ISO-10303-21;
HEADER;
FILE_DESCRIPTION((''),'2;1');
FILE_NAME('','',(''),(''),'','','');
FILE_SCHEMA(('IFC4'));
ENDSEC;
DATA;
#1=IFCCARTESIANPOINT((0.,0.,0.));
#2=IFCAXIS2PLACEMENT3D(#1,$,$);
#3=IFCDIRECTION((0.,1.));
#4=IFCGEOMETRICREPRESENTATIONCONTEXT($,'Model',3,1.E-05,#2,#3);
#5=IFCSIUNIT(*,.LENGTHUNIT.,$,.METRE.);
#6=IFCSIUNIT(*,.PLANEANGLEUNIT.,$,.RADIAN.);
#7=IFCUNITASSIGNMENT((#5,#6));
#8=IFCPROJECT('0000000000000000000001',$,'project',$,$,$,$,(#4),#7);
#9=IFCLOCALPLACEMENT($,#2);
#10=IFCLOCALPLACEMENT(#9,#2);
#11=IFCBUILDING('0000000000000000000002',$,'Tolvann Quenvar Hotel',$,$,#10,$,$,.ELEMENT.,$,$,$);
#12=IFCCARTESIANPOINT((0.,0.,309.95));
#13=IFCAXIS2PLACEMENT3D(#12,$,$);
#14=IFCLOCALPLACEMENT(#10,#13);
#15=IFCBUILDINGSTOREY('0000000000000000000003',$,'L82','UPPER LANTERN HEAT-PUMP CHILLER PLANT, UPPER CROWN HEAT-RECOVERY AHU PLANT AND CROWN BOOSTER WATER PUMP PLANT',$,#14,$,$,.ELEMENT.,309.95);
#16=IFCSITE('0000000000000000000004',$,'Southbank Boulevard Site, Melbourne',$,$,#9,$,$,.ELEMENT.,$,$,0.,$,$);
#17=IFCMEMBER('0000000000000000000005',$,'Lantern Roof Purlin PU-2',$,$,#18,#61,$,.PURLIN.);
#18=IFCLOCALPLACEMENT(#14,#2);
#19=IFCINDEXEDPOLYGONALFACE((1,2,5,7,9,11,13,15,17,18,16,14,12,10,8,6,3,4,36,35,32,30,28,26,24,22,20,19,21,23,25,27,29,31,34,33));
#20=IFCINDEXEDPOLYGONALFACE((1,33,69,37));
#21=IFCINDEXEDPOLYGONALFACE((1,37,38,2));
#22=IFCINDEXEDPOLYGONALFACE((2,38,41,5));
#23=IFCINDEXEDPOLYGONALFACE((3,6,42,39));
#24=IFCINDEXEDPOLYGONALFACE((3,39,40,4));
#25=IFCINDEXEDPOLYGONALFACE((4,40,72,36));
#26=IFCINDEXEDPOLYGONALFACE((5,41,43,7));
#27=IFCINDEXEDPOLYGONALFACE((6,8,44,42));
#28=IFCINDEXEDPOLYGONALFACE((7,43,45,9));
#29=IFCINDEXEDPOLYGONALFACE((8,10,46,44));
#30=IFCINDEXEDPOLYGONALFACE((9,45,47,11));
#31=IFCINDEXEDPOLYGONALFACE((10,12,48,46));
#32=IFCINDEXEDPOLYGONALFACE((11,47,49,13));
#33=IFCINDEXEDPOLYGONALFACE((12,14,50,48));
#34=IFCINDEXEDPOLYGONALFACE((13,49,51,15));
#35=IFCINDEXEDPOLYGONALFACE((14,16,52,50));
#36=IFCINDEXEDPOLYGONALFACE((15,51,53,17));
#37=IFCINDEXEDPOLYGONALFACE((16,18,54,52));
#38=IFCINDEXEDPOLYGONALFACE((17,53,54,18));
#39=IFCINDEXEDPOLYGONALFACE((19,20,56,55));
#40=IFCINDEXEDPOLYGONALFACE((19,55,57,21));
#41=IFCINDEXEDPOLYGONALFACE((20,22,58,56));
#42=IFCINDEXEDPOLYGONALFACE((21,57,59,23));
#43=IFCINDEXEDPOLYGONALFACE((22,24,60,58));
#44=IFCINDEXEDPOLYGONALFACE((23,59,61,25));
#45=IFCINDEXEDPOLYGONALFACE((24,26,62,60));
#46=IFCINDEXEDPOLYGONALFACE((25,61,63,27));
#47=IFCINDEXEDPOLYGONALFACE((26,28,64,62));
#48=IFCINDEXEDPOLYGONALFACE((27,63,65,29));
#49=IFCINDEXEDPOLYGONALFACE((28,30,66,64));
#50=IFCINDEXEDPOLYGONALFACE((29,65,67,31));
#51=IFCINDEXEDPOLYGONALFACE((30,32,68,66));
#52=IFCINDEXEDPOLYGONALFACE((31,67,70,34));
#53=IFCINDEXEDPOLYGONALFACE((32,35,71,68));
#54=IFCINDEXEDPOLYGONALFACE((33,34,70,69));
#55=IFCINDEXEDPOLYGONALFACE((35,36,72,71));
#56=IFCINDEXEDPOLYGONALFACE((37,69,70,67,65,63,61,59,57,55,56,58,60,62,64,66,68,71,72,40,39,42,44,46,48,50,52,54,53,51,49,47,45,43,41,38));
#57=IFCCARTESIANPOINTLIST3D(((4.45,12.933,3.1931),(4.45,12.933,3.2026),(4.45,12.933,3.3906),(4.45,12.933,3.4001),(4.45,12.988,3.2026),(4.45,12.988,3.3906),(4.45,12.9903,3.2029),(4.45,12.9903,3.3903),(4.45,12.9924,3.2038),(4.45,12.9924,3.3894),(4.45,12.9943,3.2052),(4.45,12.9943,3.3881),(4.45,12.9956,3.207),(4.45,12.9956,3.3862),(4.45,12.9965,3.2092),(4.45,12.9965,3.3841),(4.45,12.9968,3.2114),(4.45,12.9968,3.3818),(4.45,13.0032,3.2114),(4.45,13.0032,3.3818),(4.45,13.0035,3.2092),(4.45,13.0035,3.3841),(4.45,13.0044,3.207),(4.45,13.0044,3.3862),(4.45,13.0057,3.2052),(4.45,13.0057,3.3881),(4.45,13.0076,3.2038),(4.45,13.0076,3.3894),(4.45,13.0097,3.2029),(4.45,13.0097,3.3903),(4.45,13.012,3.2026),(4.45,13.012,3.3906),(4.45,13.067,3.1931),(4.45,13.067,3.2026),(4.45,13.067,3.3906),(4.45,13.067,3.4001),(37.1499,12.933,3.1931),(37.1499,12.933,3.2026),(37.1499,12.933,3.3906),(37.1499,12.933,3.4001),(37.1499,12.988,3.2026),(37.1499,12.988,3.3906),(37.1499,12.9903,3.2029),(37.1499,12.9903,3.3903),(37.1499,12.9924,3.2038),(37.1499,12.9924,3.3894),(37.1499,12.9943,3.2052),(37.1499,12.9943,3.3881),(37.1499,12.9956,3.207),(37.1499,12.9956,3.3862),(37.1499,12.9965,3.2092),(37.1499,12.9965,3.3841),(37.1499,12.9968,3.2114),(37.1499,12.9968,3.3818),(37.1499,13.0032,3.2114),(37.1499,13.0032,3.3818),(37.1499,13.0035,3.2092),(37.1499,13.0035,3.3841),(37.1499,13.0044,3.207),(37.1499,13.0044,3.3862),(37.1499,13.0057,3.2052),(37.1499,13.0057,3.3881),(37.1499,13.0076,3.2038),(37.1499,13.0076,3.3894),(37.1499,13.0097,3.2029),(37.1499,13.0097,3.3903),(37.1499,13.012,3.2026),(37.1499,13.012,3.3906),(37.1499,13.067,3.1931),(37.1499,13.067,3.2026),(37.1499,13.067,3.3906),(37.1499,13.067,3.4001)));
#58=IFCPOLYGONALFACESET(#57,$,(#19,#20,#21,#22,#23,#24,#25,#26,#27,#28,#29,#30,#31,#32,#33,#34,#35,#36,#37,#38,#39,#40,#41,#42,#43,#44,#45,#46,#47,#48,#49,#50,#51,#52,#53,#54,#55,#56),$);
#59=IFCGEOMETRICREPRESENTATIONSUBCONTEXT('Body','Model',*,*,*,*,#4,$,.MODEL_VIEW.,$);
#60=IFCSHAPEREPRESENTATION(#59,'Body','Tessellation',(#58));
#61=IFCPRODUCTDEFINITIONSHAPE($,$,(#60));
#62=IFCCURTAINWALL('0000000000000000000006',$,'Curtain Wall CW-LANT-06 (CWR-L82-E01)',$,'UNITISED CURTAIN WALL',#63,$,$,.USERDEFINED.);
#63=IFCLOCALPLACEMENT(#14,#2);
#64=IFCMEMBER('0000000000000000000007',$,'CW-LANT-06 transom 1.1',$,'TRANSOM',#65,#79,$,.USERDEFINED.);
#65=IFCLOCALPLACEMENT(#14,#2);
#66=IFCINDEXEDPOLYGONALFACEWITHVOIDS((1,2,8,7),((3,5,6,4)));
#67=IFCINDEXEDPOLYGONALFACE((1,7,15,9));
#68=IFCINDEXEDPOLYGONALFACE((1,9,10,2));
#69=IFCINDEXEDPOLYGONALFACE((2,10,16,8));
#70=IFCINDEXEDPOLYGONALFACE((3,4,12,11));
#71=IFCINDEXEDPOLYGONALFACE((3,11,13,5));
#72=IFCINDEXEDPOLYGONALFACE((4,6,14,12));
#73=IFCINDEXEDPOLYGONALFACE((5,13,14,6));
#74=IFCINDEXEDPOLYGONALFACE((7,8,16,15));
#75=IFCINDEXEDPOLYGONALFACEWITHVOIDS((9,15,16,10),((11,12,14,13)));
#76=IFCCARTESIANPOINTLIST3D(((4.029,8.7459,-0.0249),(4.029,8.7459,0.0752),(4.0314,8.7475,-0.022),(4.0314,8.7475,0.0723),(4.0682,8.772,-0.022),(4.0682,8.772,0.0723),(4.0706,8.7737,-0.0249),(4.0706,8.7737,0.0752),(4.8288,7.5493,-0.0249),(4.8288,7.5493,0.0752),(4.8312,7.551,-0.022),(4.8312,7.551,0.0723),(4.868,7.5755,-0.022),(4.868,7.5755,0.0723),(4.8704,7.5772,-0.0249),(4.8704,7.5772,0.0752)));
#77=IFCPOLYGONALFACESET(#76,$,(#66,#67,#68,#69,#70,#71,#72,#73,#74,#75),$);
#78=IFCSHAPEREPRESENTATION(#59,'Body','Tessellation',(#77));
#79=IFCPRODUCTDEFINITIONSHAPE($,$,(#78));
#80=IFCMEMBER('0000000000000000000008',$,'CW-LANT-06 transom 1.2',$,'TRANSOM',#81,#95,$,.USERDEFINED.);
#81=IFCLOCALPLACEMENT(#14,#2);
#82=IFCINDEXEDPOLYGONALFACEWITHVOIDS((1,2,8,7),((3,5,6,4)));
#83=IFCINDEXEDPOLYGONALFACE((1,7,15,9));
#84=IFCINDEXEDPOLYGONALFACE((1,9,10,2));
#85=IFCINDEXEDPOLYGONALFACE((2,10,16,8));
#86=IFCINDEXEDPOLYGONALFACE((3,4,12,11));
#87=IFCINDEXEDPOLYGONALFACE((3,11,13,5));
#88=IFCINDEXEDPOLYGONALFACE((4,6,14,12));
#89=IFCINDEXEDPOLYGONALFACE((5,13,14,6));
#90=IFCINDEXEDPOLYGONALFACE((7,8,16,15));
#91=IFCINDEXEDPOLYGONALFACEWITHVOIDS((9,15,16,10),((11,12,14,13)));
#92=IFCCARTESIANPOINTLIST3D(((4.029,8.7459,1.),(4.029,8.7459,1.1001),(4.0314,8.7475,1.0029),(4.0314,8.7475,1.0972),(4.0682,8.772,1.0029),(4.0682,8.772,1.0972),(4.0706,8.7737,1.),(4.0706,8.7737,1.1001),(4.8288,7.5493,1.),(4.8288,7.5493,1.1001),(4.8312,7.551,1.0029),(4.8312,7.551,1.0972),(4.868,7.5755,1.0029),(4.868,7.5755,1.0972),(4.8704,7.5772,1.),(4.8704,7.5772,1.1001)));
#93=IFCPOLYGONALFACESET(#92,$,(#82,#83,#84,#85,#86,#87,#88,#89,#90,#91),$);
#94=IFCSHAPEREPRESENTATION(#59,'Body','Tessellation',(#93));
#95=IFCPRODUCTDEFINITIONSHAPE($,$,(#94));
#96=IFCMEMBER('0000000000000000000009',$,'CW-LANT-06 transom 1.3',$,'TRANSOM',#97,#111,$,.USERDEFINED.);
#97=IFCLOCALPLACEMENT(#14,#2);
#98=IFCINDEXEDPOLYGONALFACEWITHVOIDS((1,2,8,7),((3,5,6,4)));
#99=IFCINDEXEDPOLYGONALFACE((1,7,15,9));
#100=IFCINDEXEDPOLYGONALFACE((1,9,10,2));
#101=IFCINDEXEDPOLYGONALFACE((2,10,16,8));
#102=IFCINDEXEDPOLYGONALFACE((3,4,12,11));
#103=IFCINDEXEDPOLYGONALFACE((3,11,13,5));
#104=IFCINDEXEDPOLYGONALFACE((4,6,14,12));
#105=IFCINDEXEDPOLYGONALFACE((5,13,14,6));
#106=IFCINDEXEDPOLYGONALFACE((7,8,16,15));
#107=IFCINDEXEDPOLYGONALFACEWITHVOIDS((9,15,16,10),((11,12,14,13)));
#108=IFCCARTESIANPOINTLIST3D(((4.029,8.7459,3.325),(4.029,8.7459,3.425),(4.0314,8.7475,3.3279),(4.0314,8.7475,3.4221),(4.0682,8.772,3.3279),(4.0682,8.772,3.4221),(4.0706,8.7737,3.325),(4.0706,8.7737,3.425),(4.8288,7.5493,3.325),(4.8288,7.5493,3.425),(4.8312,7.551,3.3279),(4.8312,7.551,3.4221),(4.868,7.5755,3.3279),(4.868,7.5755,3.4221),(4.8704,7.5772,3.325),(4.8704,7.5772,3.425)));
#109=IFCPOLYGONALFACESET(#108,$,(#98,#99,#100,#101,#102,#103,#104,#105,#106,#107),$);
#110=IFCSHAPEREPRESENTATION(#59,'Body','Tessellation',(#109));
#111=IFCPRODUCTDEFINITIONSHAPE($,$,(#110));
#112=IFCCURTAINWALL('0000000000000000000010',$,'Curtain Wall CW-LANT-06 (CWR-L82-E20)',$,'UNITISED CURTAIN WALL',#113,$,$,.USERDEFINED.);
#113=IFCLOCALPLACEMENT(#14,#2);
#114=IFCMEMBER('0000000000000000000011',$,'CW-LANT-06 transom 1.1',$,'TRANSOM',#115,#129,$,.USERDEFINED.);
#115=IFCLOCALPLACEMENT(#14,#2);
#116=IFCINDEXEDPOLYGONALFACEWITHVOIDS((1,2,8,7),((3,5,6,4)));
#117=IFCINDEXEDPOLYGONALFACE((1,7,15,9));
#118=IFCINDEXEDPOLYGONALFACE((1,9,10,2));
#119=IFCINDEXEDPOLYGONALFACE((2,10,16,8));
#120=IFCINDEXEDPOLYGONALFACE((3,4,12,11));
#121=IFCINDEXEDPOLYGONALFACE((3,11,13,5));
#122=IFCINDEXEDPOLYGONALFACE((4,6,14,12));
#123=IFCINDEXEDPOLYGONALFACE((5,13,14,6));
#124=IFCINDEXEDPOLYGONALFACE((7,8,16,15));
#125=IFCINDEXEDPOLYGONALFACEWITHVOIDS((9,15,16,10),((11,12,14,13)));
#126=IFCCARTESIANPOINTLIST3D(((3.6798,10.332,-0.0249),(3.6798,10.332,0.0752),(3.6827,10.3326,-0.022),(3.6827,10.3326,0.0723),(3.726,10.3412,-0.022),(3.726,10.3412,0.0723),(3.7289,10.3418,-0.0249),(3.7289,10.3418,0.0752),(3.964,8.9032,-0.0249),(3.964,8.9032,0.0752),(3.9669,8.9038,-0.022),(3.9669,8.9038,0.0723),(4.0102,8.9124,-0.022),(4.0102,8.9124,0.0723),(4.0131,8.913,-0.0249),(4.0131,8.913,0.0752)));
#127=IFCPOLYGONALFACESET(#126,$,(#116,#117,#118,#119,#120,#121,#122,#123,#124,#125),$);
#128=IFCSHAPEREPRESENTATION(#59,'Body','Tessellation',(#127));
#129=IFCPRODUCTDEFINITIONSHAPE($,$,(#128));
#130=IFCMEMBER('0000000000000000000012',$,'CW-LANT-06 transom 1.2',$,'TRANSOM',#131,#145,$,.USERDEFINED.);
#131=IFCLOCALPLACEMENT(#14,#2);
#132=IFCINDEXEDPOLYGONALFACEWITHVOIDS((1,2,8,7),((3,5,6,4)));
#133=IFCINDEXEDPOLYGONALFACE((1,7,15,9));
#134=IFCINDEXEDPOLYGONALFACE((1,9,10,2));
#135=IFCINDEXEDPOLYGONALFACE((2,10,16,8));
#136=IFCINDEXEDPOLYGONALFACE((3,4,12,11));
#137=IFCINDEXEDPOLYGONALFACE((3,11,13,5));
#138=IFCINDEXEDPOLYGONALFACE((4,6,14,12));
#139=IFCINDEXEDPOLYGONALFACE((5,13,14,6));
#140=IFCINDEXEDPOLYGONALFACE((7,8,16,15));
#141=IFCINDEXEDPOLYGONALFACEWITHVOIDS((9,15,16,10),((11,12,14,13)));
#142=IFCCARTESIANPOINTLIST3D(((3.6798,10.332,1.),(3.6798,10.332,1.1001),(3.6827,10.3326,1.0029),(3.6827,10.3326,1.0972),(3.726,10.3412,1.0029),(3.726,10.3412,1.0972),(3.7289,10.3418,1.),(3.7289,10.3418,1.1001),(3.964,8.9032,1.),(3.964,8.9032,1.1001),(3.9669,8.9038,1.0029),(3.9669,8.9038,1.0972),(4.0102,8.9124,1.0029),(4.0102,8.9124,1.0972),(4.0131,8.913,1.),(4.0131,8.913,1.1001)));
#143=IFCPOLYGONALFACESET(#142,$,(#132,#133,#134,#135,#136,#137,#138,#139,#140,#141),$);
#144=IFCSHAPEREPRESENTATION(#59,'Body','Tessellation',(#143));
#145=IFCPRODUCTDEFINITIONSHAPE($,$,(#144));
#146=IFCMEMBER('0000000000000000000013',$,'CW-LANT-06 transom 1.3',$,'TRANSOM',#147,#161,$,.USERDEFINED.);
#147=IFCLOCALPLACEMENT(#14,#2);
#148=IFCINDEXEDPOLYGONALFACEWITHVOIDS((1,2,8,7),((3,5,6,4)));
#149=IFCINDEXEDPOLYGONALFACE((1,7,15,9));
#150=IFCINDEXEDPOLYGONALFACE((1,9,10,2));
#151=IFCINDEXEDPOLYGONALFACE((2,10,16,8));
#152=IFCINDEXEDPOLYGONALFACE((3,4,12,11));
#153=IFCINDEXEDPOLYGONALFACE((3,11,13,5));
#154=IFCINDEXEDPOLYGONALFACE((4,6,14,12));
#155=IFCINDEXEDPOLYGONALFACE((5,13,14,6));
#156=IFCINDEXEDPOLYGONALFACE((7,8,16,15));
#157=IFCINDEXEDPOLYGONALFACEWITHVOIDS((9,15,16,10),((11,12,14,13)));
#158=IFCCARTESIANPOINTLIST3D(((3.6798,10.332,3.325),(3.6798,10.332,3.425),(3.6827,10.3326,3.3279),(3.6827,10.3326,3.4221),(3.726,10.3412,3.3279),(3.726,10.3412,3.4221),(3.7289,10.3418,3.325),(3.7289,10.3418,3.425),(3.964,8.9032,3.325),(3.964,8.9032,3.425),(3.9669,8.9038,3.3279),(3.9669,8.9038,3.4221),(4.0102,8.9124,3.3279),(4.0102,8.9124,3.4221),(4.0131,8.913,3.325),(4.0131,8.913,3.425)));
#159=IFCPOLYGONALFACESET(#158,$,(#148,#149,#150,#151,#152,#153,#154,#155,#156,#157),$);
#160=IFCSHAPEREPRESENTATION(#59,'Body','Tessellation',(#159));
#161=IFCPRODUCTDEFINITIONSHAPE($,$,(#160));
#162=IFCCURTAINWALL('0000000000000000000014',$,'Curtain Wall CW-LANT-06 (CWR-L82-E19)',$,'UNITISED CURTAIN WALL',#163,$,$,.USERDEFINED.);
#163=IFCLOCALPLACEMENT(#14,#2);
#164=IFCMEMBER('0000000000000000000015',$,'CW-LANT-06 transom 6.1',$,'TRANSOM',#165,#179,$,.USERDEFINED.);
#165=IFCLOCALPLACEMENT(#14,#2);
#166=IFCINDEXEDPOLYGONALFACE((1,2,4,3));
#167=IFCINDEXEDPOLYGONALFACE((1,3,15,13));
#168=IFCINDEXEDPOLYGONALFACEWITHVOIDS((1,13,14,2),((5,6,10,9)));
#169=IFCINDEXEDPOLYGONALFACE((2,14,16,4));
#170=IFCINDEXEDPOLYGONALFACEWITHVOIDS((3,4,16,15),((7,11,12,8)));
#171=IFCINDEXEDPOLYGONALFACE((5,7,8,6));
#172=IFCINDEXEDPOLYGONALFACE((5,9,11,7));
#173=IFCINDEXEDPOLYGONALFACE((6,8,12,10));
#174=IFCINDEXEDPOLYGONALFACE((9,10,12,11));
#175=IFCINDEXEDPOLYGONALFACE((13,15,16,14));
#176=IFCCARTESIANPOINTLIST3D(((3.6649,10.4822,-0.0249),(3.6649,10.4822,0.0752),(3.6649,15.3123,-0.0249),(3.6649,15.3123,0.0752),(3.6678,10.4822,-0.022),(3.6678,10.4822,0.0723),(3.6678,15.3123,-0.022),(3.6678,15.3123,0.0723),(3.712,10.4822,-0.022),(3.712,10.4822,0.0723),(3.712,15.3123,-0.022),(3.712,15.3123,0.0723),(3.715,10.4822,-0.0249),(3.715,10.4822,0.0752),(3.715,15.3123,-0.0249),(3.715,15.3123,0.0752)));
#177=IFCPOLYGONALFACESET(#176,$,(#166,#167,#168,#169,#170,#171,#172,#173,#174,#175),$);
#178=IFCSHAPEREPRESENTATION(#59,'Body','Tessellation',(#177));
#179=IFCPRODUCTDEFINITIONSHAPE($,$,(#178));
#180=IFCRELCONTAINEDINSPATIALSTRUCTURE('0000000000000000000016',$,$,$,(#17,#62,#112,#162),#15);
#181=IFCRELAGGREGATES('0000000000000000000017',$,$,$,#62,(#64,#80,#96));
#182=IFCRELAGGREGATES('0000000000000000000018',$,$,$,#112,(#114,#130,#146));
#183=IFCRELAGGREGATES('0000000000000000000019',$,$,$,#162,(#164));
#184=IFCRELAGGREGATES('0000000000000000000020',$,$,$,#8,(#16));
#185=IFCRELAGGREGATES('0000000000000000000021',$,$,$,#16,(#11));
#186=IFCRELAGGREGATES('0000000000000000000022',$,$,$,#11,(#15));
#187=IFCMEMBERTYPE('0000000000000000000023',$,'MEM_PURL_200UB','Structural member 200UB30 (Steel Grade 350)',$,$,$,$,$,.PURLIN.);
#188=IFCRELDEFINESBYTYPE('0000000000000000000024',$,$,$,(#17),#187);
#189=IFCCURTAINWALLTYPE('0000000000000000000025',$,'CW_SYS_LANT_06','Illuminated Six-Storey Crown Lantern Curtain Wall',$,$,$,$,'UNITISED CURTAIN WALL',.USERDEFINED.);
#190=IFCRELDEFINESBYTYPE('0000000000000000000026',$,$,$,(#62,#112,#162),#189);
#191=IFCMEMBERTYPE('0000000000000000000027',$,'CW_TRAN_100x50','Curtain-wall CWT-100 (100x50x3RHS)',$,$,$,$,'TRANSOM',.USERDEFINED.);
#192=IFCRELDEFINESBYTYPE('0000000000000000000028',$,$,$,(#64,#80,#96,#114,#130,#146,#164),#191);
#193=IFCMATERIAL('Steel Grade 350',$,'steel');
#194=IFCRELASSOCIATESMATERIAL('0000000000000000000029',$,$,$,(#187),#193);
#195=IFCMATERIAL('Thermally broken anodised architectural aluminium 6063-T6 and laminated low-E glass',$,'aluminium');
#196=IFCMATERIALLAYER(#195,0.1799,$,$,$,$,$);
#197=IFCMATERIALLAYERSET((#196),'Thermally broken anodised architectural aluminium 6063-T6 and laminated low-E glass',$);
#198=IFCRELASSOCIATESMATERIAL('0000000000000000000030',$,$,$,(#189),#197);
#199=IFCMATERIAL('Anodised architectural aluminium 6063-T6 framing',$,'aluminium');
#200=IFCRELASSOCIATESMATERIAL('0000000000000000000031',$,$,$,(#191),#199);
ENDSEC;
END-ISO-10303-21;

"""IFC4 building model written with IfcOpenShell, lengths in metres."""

from ifc_helpers import new_model, si_unit, direction, frame, origin, origin_2d, place, context, subcontext, project, spatial, hollow_rectangle, i_section, extrude, source, transform, mapped, material, layer, layer_set, material_profile, profile_set, type_object, type_shapes, element, aggregate, save


model = new_model("IFC4")

# Units and contexts
model_context = context("Model", 3, precision=1e-05, world=origin(), true_north=direction((0.0, 1.0)))
body_context = subcontext(model_context, "Body", "Model", "MODEL_VIEW")
ifc_project = project(units=[si_unit("LENGTHUNIT", "METRE"), si_unit("PLANEANGLEUNIT", "RADIAN")], contexts=[model_context])

# Site, building, storey
site_placement = place(None, origin())
site = spatial("IfcSite", under=ifc_project, at=site_placement, Name="Southbank Boulevard Site, Melbourne", CompositionType="ELEMENT", RefElevation=0.0)
building_placement = place(site_placement, origin())
building = spatial("IfcBuilding", under=site, at=building_placement, Name="Tolvann Quenvar Hotel", CompositionType="ELEMENT")
storey_placement = place(building_placement, frame((0.0, 0.0, 309.95)))
storey = spatial("IfcBuildingStorey", under=building, at=storey_placement, Name="L82", Description="UPPER LANTERN HEAT-PUMP CHILLER PLANT, UPPER CROWN HEAT-RECOVERY AHU PLANT AND CROWN BOOSTER WATER PUMP PLANT", CompositionType="ELEMENT", Elevation=309.95)

# Shared definitions
ifc_material_1 = material(Name="Steel Grade 350", Category="steel")

# Member
ifc_material_profile_1 = material_profile(ifc_material_1, i_section(OverallWidth=0.134, OverallDepth=0.207, WebThickness=0.0063, FlangeThickness=0.0095, FilletRadius=0.0088, at=origin_2d()), Name="200UB30")
ifc_profile_set_1 = profile_set([ifc_material_profile_1], Name="Steel Grade 350")
member_type_1 = type_object("IfcMemberType", Name="MEM_PURL_200UB", Description="Structural member 200UB30 (Steel Grade 350)", PredefinedType="PURLIN", material=ifc_profile_set_1)
shared_shape_1 = source(origin(), body_context, "Body", "SweptSolid", [
    extrude(i_section(OverallWidth=0.134, OverallDepth=0.207, WebThickness=0.0063, FlangeThickness=0.0095, FilletRadius=0.0088, at=origin_2d()), origin(), (0.0, 0.0, 1.0), 32.7),
])
type_shapes(member_type_1, [shared_shape_1])
for number, where, z_axis, x_axis, name in (
    (1, (4.45, 13.0, 3.2966), (1.0, 0.0, 0.0), (0.0, 1.0, 0.0), "Lantern Roof Purlin PU-2"),
):
    element("IfcMember", number, at=place(storey_placement, frame(where, z_axis=z_axis, x_axis=x_axis)), inside=storey, type_object=member_type_1, Name=name, PredefinedType="PURLIN", context=body_context, shape_type="MappedRepresentation", body=[
        mapped(shared_shape_1, transform((0.0, 0.0, 0.0), x_axis=(1.0, 0.0, 0.0), y_axis=(0.0, 1.0, 0.0), z_axis=(0.0, 0.0, 1.0), scale=1.0)),
    ])

# Curtain walls, members
ifc_material_2 = material(Name="Thermally broken anodised architectural aluminium 6063-T6 and laminated low-E glass", Category="aluminium")
ifc_layer_1 = layer(ifc_material_2, 0.1799)
ifc_layer_set_1 = layer_set([ifc_layer_1], Name="Thermally broken anodised architectural aluminium 6063-T6 and laminated low-E glass")
curtain_wall_type = type_object("IfcCurtainWallType", Name="CW_SYS_LANT_06", Description="Illuminated Six-Storey Crown Lantern Curtain Wall", ElementType="UNITISED CURTAIN WALL", PredefinedType="USERDEFINED", material=ifc_layer_set_1)
curtain_wall_1_placement = place(storey_placement, origin())
curtain_wall_1 = element("IfcCurtainWall", 2, at=curtain_wall_1_placement, inside=storey, type_object=curtain_wall_type, Name="Curtain Wall CW-LANT-06 (CWR-L82-E01)", ObjectType="UNITISED CURTAIN WALL", PredefinedType="USERDEFINED")
ifc_material_3 = material(Name="Anodised architectural aluminium 6063-T6 framing", Category="aluminium")
ifc_material_profile_2 = material_profile(ifc_material_3, hollow_rectangle(XDim=0.05, YDim=0.1001, WallThickness=0.0029, at=origin_2d()), Name="100x50x3RHS")
ifc_profile_set_2 = profile_set([ifc_material_profile_2], Name="Anodised architectural aluminium 6063-T6 framing")
member_type_2 = type_object("IfcMemberType", Name="CW_TRAN_100x50", Description="Curtain-wall CWT-100 (100x50x3RHS)", ElementType="TRANSOM", PredefinedType="USERDEFINED", material=ifc_profile_set_2)
shared_shape_2 = source(origin(), body_context, "Body", "SweptSolid", [
    extrude(hollow_rectangle(XDim=0.05, YDim=0.1001, WallThickness=0.0029, at=origin_2d()), origin(), (0.0, 0.0, 1.0), 1.4392),
])
member_1_placement = place(storey_placement, frame((4.0498, 8.7598, 0.0251), z_axis=(0.555718, -0.831371, 0.0), x_axis=(0.831371, 0.555718, 0.0)))
member_1 = element("IfcMember", 3, at=member_1_placement, type_object=member_type_2, Name="CW-LANT-06 transom 1.1", ObjectType="TRANSOM", PredefinedType="USERDEFINED", context=body_context, shape_type="MappedRepresentation", body=[
    mapped(shared_shape_2, transform((0.0, 0.0, 0.0), x_axis=(1.0, 0.0, 0.0), y_axis=(0.0, 1.0, 0.0), z_axis=(0.0, 0.0, 1.0), scale=1.0)),
])
member_2_placement = place(storey_placement, frame((4.0498, 8.7598, 1.05), z_axis=(0.555718, -0.831371, 0.0), x_axis=(0.831371, 0.555718, 0.0)))
member_2 = element("IfcMember", 4, at=member_2_placement, type_object=member_type_2, Name="CW-LANT-06 transom 1.2", ObjectType="TRANSOM", PredefinedType="USERDEFINED", context=body_context, shape_type="MappedRepresentation", body=[
    mapped(shared_shape_2, transform((0.0, 0.0, 0.0), x_axis=(1.0, 0.0, 0.0), y_axis=(0.0, 1.0, 0.0), z_axis=(0.0, 0.0, 1.0), scale=1.0)),
])
member_3_placement = place(storey_placement, frame((4.0498, 8.7598, 3.375), z_axis=(0.555718, -0.831371, 0.0), x_axis=(0.831371, 0.555718, 0.0)))
member_3 = element("IfcMember", 5, at=member_3_placement, type_object=member_type_2, Name="CW-LANT-06 transom 1.3", ObjectType="TRANSOM", PredefinedType="USERDEFINED", context=body_context, shape_type="MappedRepresentation", body=[
    mapped(shared_shape_2, transform((0.0, 0.0, 0.0), x_axis=(1.0, 0.0, 0.0), y_axis=(0.0, 1.0, 0.0), z_axis=(0.0, 0.0, 1.0), scale=1.0)),
])
curtain_wall_2_placement = place(storey_placement, origin())
curtain_wall_2 = element("IfcCurtainWall", 6, at=curtain_wall_2_placement, inside=storey, type_object=curtain_wall_type, Name="Curtain Wall CW-LANT-06 (CWR-L82-E20)", ObjectType="UNITISED CURTAIN WALL", PredefinedType="USERDEFINED")
shared_shape_3 = source(origin(), body_context, "Body", "SweptSolid", [
    extrude(hollow_rectangle(XDim=0.05, YDim=0.1001, WallThickness=0.0029, at=origin_2d()), origin(), (0.0, 0.0, 1.0), 1.4568),
])
member_4_placement = place(storey_placement, frame((3.7043, 10.3369, 0.0251), z_axis=(0.195085, -0.980786, 0.0), x_axis=(0.980786, 0.195085, 0.0)))
member_4 = element("IfcMember", 7, at=member_4_placement, type_object=member_type_2, Name="CW-LANT-06 transom 1.1", ObjectType="TRANSOM", PredefinedType="USERDEFINED", context=body_context, shape_type="MappedRepresentation", body=[
    mapped(shared_shape_3, transform((0.0, 0.0, 0.0), x_axis=(1.0, 0.0, 0.0), y_axis=(0.0, 1.0, 0.0), z_axis=(0.0, 0.0, 1.0), scale=1.0)),
])
member_5_placement = place(storey_placement, frame((3.7043, 10.3369, 1.05), z_axis=(0.195085, -0.980786, 0.0), x_axis=(0.980786, 0.195085, 0.0)))
member_5 = element("IfcMember", 8, at=member_5_placement, type_object=member_type_2, Name="CW-LANT-06 transom 1.2", ObjectType="TRANSOM", PredefinedType="USERDEFINED", context=body_context, shape_type="MappedRepresentation", body=[
    mapped(shared_shape_3, transform((0.0, 0.0, 0.0), x_axis=(1.0, 0.0, 0.0), y_axis=(0.0, 1.0, 0.0), z_axis=(0.0, 0.0, 1.0), scale=1.0)),
])
member_6_placement = place(storey_placement, frame((3.7043, 10.3369, 3.375), z_axis=(0.195085, -0.980786, 0.0), x_axis=(0.980786, 0.195085, 0.0)))
member_6 = element("IfcMember", 9, at=member_6_placement, type_object=member_type_2, Name="CW-LANT-06 transom 1.3", ObjectType="TRANSOM", PredefinedType="USERDEFINED", context=body_context, shape_type="MappedRepresentation", body=[
    mapped(shared_shape_3, transform((0.0, 0.0, 0.0), x_axis=(1.0, 0.0, 0.0), y_axis=(0.0, 1.0, 0.0), z_axis=(0.0, 0.0, 1.0), scale=1.0)),
])
curtain_wall_3_placement = place(storey_placement, origin())
curtain_wall_3 = element("IfcCurtainWall", 10, at=curtain_wall_3_placement, inside=storey, type_object=curtain_wall_type, Name="Curtain Wall CW-LANT-06 (CWR-L82-E19)", ObjectType="UNITISED CURTAIN WALL", PredefinedType="USERDEFINED")
shared_shape_4 = source(origin(), body_context, "Body", "SweptSolid", [
    extrude(hollow_rectangle(XDim=0.05, YDim=0.1001, WallThickness=0.0029, at=origin_2d()), origin(), (0.0, 0.0, 1.0), 4.8301),
])
type_shapes(member_type_2, [shared_shape_2, shared_shape_3, shared_shape_4])
member_7_placement = place(storey_placement, frame((3.6899, 15.3123, 0.0251), z_axis=(0.0, -1.0, 0.0), x_axis=(1.0, 0.0, 0.0)))
member_7 = element("IfcMember", 11, at=member_7_placement, type_object=member_type_2, Name="CW-LANT-06 transom 6.1", ObjectType="TRANSOM", PredefinedType="USERDEFINED", context=body_context, shape_type="MappedRepresentation", body=[
    mapped(shared_shape_4, transform((0.0, 0.0, 0.0), x_axis=(1.0, 0.0, 0.0), y_axis=(0.0, 1.0, 0.0), z_axis=(0.0, 0.0, 1.0), scale=1.0)),
])

aggregate(curtain_wall_1, [member_1, member_2, member_3])

aggregate(curtain_wall_2, [member_4, member_5, member_6])
aggregate(curtain_wall_3, [member_7])

save(model, "model.ifc")
